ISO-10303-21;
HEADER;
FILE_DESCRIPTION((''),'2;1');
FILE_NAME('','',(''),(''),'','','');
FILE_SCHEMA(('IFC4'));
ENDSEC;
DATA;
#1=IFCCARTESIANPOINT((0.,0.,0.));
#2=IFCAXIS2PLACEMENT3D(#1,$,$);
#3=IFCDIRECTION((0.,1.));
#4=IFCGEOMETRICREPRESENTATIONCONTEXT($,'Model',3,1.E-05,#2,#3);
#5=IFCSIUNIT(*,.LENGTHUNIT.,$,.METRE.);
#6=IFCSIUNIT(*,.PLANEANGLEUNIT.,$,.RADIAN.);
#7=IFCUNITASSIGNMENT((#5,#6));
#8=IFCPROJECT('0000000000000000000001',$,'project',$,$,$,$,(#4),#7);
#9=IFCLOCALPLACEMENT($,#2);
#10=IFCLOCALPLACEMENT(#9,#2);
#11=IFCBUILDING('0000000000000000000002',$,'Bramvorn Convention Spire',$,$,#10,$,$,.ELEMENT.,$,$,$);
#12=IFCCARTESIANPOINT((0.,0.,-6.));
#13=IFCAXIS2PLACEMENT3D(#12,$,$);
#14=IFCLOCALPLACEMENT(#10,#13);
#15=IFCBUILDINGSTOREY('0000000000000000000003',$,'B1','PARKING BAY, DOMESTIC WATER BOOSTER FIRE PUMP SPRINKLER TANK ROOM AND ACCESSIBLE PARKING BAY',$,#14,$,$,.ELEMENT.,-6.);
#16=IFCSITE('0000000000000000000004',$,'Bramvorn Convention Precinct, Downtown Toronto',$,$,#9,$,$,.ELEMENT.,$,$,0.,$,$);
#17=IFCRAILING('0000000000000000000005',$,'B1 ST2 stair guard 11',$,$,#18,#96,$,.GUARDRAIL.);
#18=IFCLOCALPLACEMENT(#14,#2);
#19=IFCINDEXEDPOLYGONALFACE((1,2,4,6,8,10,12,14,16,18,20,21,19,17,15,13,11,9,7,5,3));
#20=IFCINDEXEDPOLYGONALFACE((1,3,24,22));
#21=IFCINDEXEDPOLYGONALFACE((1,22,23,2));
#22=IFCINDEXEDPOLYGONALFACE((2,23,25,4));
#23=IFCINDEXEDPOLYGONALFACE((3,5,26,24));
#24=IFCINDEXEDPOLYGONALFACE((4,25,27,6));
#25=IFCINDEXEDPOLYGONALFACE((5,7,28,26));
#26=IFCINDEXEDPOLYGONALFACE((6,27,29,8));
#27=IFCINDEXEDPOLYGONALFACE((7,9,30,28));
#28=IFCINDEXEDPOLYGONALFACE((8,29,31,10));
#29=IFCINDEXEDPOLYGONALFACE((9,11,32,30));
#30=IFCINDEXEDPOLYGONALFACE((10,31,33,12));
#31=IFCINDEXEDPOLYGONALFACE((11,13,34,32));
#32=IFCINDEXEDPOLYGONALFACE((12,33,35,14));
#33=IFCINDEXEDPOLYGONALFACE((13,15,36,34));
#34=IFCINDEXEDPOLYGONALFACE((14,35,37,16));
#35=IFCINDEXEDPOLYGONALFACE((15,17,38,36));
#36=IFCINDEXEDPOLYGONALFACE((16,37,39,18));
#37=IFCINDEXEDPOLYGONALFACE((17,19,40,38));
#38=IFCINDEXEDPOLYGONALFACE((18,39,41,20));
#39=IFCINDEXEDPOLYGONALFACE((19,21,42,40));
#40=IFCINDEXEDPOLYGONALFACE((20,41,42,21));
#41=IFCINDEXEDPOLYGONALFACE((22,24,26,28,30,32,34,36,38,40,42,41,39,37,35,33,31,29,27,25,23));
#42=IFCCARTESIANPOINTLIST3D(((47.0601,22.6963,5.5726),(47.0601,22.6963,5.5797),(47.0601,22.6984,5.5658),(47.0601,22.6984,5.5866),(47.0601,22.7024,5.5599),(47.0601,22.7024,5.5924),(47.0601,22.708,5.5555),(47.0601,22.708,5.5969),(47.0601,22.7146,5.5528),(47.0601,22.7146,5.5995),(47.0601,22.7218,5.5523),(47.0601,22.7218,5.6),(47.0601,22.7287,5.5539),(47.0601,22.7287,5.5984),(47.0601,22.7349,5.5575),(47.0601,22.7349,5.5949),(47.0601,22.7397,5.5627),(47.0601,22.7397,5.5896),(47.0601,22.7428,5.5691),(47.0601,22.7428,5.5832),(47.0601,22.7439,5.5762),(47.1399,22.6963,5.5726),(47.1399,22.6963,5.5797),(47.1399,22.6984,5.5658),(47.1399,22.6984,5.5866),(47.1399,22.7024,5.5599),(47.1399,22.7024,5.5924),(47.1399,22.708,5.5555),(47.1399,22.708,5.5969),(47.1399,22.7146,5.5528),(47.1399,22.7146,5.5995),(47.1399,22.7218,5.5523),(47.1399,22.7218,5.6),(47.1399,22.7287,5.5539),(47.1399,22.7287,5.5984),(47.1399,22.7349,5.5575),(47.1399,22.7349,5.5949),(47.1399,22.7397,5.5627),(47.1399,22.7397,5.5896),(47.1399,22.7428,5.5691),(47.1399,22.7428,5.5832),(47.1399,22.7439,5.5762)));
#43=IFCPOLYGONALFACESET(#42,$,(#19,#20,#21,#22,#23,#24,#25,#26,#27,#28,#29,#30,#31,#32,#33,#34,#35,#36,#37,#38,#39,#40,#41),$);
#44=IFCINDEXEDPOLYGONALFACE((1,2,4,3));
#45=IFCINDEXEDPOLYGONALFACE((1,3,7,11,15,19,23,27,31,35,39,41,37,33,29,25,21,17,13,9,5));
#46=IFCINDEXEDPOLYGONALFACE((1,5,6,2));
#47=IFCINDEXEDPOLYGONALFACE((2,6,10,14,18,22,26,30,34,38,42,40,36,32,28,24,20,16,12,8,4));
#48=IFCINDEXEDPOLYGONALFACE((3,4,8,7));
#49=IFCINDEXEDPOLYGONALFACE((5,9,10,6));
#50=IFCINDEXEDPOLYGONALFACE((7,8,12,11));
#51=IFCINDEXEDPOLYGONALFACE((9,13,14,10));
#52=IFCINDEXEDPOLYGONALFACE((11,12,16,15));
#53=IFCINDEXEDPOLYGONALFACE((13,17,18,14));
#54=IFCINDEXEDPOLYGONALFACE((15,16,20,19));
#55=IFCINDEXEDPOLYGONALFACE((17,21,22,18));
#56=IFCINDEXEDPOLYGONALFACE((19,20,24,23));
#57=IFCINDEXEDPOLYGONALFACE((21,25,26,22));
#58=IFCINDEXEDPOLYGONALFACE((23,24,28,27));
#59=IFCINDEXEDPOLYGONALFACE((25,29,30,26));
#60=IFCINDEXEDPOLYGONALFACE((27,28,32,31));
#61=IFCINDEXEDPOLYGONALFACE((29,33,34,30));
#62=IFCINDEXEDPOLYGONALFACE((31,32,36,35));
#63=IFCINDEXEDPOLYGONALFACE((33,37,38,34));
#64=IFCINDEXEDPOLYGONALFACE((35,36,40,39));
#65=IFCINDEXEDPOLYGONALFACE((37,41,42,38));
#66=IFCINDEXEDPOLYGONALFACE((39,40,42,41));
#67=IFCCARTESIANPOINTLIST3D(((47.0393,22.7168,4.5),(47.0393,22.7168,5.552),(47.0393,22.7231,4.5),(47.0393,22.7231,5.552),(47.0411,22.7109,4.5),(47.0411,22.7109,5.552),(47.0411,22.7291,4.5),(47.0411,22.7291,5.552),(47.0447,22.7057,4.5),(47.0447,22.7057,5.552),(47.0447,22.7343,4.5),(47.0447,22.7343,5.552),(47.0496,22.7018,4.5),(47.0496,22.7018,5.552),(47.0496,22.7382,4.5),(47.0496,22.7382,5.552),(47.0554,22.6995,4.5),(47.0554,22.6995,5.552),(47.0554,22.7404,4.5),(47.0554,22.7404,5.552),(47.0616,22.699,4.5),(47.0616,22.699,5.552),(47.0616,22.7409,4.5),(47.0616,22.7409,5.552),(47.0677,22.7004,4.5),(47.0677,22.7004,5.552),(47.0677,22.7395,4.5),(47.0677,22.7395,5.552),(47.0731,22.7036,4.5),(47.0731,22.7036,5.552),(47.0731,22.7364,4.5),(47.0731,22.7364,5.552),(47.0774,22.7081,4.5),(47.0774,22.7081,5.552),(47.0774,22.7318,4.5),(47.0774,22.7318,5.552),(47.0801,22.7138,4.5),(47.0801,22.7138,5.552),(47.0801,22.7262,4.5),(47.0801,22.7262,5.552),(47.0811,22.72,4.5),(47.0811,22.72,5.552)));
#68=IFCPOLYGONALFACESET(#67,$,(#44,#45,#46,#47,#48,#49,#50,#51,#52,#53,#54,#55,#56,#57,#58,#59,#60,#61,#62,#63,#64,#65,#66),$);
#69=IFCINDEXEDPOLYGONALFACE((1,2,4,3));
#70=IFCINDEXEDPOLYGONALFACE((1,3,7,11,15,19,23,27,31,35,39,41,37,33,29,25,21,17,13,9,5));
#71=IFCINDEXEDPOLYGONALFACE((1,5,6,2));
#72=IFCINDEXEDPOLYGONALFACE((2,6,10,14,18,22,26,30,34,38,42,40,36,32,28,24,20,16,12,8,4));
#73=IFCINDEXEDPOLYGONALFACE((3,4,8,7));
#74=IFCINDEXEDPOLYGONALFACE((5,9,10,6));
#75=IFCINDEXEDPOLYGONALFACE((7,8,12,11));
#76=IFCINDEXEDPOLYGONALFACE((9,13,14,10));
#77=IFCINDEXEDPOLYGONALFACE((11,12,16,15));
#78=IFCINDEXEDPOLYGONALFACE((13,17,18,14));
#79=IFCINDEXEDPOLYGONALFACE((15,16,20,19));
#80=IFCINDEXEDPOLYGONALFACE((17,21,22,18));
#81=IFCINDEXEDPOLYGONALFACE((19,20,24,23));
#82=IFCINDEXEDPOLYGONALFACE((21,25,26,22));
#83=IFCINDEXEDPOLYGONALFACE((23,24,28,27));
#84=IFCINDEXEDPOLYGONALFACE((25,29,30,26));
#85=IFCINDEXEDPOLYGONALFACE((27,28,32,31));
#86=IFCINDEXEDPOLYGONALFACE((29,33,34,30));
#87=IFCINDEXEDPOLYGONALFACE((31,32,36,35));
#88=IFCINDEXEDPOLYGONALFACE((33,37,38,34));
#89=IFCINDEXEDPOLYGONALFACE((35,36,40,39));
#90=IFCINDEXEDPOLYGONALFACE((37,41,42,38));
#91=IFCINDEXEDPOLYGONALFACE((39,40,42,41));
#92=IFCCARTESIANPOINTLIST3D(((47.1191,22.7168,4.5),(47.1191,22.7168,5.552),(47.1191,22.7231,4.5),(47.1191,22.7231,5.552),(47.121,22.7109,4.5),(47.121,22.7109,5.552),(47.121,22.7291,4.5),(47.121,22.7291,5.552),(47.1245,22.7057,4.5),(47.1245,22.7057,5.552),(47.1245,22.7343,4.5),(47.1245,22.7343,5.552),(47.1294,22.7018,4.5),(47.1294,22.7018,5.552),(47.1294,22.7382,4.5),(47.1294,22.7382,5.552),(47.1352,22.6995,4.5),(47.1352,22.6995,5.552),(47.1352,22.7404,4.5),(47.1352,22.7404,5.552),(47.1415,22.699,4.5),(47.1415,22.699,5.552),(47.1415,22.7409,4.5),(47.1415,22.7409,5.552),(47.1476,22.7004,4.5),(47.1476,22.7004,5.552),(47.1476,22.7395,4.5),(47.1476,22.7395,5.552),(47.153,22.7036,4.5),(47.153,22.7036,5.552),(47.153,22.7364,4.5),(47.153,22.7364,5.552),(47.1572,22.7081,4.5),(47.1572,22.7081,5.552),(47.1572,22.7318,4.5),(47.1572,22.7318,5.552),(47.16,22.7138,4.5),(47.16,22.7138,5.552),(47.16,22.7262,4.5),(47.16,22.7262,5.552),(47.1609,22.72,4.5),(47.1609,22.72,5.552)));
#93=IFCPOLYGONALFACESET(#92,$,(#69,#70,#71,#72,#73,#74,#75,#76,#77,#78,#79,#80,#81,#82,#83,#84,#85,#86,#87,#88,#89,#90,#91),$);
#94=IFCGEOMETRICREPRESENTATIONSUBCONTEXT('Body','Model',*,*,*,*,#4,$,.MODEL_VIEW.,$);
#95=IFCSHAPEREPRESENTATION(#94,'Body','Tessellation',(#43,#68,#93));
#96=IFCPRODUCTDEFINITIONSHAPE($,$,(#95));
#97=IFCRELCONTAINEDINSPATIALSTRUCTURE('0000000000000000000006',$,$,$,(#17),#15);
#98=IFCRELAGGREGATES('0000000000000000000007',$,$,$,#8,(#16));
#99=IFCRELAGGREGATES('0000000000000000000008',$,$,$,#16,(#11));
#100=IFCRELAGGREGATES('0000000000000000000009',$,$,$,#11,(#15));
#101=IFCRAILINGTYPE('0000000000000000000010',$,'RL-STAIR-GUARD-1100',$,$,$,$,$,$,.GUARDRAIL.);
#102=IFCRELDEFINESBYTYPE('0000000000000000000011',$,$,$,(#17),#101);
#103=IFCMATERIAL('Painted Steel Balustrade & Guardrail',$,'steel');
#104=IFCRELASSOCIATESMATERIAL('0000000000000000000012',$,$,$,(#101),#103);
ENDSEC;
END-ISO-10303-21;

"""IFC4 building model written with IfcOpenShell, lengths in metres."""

from ifc_helpers import new_model, si_unit, direction, frame, origin, origin_2d, place, context, subcontext, project, spatial, circle, extrude, material, type_object, element, save


model = new_model("IFC4")

# Units and contexts
model_context = context("Model", 3, precision=1e-05, world=origin(), true_north=direction((0.0, 1.0)))
body_context = subcontext(model_context, "Body", "Model", "MODEL_VIEW")
ifc_project = project(units=[si_unit("LENGTHUNIT", "METRE"), si_unit("PLANEANGLEUNIT", "RADIAN")], contexts=[model_context])

# Site, building, storey
site_placement = place(None, origin())
site = spatial("IfcSite", under=ifc_project, at=site_placement, Name="Bramvorn Convention Precinct, Downtown Toronto", CompositionType="ELEMENT", RefElevation=0.0)
building_placement = place(site_placement, origin())
building = spatial("IfcBuilding", under=site, at=building_placement, Name="Bramvorn Convention Spire", CompositionType="ELEMENT")
storey_placement = place(building_placement, frame((0.0, 0.0, -6.0)))
storey = spatial("IfcBuildingStorey", under=building, at=storey_placement, Name="B1", Description="PARKING BAY, DOMESTIC WATER BOOSTER FIRE PUMP SPRINKLER TANK ROOM AND ACCESSIBLE PARKING BAY", CompositionType="ELEMENT", Elevation=-6.0)

# Railing
ifc_material_1 = material(Name="Painted Steel Balustrade & Guardrail", Category="steel")
railing_type_1 = type_object("IfcRailingType", Name="RL-STAIR-GUARD-1100", PredefinedType="GUARDRAIL", material=ifc_material_1)
railing_1_placement = place(storey_placement, frame((47.0601, 22.72, 4.5)))
element("IfcRailing", 1, at=railing_1_placement, inside=storey, type_object=railing_type_1, Name="B1 ST2 stair guard 11", PredefinedType="GUARDRAIL", context=body_context, shape_type="SweptSolid", body=[
    extrude(circle(Radius=0.0239, at=origin_2d()), frame((0.0, 0.0, 1.0762), z_axis=(1.0, 0.0, 0.0), x_axis=(0.0, 1.0, 0.0)), (0.0, 0.0, 1.0), 0.0798),
    extrude(circle(Radius=0.021, at=origin_2d()), origin(), (0.0, 0.0, 1.0), 1.052),
    extrude(circle(Radius=0.021, at=origin_2d()), frame((0.0798, 0.0, 0.0)), (0.0, 0.0, 1.0), 1.052),
])

save(model, "model.ifc")
